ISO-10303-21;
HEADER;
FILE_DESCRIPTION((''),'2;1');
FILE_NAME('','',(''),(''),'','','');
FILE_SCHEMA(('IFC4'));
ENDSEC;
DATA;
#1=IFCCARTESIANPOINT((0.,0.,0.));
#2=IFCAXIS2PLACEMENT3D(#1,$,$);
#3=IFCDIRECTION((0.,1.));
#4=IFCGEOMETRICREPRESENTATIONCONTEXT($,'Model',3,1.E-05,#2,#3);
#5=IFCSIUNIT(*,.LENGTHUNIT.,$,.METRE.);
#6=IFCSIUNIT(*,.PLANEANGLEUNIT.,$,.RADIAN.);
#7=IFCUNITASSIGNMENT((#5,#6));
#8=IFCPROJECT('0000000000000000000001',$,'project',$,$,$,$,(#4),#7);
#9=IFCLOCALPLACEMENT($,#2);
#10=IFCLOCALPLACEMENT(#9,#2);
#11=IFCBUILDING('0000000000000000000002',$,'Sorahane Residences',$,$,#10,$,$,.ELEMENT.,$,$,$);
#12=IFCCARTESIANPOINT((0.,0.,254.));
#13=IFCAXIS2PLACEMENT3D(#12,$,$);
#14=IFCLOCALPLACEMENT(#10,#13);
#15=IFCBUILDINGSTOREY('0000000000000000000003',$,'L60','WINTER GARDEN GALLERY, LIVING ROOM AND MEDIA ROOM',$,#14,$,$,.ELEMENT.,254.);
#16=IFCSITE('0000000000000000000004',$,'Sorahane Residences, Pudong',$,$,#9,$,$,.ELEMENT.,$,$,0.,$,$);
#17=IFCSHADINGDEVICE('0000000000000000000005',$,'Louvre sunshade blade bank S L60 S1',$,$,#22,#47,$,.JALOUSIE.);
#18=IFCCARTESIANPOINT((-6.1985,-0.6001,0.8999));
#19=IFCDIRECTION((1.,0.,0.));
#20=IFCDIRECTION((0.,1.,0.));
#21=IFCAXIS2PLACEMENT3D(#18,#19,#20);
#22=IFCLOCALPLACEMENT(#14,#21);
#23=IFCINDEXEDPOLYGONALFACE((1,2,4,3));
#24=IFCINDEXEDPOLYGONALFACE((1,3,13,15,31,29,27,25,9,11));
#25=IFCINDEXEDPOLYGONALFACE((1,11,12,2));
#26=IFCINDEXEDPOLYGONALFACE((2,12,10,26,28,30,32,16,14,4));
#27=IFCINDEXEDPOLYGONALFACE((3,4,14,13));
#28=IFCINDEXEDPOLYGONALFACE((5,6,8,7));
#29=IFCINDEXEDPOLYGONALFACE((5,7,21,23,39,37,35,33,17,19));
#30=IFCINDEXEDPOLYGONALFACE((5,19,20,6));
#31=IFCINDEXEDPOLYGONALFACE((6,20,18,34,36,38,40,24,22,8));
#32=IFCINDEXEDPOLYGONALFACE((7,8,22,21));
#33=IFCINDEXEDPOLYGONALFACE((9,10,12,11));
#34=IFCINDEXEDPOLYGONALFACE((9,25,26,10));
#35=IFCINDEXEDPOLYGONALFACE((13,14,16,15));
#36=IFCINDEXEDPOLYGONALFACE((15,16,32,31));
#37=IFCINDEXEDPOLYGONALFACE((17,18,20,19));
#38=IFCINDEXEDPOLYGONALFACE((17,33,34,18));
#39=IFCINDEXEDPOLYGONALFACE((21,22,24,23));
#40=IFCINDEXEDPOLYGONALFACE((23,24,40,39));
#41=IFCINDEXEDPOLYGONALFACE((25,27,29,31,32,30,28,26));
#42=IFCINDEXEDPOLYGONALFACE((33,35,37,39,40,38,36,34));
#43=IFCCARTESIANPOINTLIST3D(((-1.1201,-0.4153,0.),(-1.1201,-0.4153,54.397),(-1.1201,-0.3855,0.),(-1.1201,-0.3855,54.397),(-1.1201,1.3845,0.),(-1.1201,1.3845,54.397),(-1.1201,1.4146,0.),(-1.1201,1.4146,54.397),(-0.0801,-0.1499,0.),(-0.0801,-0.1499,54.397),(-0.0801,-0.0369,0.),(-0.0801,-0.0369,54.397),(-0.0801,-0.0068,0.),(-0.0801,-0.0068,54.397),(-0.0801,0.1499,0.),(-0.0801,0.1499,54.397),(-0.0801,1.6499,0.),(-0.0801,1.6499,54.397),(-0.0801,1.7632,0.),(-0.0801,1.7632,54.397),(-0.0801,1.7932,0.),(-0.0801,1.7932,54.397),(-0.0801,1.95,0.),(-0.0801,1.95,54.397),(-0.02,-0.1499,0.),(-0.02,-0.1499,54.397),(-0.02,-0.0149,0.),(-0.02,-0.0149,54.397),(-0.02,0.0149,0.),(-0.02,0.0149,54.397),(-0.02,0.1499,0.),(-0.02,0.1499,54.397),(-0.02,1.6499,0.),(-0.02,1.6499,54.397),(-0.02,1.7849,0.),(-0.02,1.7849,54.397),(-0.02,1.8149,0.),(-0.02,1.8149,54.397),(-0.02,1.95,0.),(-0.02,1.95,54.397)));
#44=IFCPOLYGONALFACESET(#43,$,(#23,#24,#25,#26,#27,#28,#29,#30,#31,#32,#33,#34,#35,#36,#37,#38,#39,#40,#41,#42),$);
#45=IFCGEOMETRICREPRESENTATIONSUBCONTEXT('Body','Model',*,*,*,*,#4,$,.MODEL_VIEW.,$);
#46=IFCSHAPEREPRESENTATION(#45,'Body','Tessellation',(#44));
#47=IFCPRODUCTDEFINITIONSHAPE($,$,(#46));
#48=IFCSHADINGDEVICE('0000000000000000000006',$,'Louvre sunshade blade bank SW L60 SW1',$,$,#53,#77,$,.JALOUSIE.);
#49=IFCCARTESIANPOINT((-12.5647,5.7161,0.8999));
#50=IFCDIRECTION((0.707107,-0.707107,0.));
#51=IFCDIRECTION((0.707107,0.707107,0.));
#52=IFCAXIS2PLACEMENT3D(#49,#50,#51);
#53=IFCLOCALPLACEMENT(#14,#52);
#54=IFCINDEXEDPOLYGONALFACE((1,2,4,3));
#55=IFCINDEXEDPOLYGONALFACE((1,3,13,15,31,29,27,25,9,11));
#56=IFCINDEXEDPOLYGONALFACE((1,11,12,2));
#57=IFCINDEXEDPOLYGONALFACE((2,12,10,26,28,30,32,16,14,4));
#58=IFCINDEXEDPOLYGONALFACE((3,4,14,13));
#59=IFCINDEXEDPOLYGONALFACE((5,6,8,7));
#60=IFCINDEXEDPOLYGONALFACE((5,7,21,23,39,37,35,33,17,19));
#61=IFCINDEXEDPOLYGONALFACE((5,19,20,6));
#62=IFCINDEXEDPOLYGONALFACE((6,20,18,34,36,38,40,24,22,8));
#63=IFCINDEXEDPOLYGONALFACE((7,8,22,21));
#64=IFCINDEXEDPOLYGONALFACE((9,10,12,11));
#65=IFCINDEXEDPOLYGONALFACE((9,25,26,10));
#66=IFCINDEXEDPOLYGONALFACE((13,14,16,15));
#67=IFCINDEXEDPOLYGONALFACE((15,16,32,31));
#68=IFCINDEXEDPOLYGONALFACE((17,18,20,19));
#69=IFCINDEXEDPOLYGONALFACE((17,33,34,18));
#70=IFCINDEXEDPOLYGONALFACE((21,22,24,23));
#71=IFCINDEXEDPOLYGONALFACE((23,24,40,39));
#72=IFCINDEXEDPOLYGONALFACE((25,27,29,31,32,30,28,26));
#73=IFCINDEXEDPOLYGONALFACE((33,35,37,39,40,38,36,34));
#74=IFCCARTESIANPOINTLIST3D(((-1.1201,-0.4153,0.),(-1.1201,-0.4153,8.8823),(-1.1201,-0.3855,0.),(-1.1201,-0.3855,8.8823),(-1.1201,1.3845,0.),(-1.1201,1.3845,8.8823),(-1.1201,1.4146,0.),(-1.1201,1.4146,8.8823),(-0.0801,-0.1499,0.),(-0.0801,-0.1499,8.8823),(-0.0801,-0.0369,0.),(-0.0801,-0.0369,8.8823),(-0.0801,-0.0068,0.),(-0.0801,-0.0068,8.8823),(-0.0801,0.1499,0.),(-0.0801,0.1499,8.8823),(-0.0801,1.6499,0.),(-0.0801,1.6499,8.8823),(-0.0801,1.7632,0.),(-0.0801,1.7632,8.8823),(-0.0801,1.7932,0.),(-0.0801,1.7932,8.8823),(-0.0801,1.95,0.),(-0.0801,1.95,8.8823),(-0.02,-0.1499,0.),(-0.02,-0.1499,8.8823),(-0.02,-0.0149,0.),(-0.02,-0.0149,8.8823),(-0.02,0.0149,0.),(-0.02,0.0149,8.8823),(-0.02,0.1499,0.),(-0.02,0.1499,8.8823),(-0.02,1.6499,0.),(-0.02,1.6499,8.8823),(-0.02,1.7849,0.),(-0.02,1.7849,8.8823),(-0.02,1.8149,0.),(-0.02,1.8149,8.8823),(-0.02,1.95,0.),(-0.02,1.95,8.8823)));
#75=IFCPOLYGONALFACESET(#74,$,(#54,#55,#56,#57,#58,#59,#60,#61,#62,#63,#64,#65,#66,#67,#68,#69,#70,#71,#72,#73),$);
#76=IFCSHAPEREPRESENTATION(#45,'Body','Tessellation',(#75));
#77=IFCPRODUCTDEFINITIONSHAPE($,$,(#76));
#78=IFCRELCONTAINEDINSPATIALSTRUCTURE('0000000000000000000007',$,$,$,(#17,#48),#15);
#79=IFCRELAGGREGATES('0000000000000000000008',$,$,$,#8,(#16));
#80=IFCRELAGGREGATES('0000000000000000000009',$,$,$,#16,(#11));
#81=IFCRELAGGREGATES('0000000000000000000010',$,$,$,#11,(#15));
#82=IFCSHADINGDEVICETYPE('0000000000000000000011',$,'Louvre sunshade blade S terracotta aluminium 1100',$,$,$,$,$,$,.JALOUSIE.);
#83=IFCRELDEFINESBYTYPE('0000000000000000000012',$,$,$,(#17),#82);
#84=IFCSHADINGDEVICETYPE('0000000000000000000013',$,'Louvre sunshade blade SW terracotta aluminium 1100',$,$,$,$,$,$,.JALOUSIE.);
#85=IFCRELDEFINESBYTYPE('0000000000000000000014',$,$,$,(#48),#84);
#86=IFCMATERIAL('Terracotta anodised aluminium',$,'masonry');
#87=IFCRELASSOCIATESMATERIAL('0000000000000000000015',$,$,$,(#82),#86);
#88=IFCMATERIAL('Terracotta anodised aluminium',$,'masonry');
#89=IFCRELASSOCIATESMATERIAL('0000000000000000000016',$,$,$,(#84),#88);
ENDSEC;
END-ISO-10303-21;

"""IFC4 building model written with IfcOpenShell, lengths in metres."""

from ifc_helpers import new_model, si_unit, direction, frame, origin, place, context, subcontext, project, spatial, polyline, outline, composite_profile, extrude, material, type_object, element, save


model = new_model("IFC4")

# Units and contexts
model_context = context("Model", 3, precision=1e-05, world=origin(), true_north=direction((0.0, 1.0)))
body_context = subcontext(model_context, "Body", "Model", "MODEL_VIEW")
ifc_project = project(units=[si_unit("LENGTHUNIT", "METRE"), si_unit("PLANEANGLEUNIT", "RADIAN")], contexts=[model_context])

# Site, building, storey
site_placement = place(None, origin())
site = spatial("IfcSite", under=ifc_project, at=site_placement, Name="Sorahane Residences, Pudong", CompositionType="ELEMENT", RefElevation=0.0)
building_placement = place(site_placement, origin())
building = spatial("IfcBuilding", under=site, at=building_placement, Name="Sorahane Residences", CompositionType="ELEMENT")
storey_placement = place(building_placement, frame((0.0, 0.0, 254.0)))
storey = spatial("IfcBuildingStorey", under=building, at=storey_placement, Name="L60", Description="WINTER GARDEN GALLERY, LIVING ROOM AND MEDIA ROOM", CompositionType="ELEMENT", Elevation=254.0)

# Shading devices
ifc_material_1 = material(Name="Terracotta anodised aluminium", Category="masonry")
shading_device_type_1 = type_object("IfcShadingDeviceType", Name="Louvre sunshade blade S terracotta aluminium 1100", PredefinedType="JALOUSIE", material=ifc_material_1)
shading_device_1_placement = place(storey_placement, frame((-6.1985, -0.6001, 0.8999), z_axis=(1.0, 0.0, 0.0), x_axis=(0.0, 1.0, 0.0)))
element("IfcShadingDevice", 1, at=shading_device_1_placement, inside=storey, type_object=shading_device_type_1, Name="Louvre sunshade blade bank S L60 S1", PredefinedType="JALOUSIE", context=body_context, shape_type="SweptSolid", body=[
    extrude(composite_profile([outline(polyline([(-1.1201, -0.3855), (-1.1201, -0.4153), (-0.0801, -0.0369), (-0.0801, -0.1499), (-0.02, -0.1499), (-0.02, -0.0149), (-0.02, 0.0149), (-0.02, 0.1499), (-0.0801, 0.1499), (-0.0801, -0.0068), (-1.1201, -0.3855)])), outline(polyline([(-1.1201, 1.4146), (-1.1201, 1.3845), (-0.0801, 1.7632), (-0.0801, 1.6499), (-0.02, 1.6499), (-0.02, 1.7849), (-0.02, 1.8149), (-0.02, 1.95), (-0.0801, 1.95), (-0.0801, 1.7932), (-1.1201, 1.4146)]))]), origin(), (0.0, 0.0, 1.0), 54.397),
])
ifc_material_2 = material(Name="Terracotta anodised aluminium", Category="masonry")
shading_device_type_2 = type_object("IfcShadingDeviceType", Name="Louvre sunshade blade SW terracotta aluminium 1100", PredefinedType="JALOUSIE", material=ifc_material_2)
shading_device_2_placement = place(storey_placement, frame((-12.5647, 5.7161, 0.8999), z_axis=(0.707107, -0.707107, 0.0), x_axis=(0.707107, 0.707107, 0.0)))
element("IfcShadingDevice", 2, at=shading_device_2_placement, inside=storey, type_object=shading_device_type_2, Name="Louvre sunshade blade bank SW L60 SW1", PredefinedType="JALOUSIE", context=body_context, shape_type="SweptSolid", body=[
    extrude(composite_profile([outline(polyline([(-1.1201, -0.3855), (-1.1201, -0.4153), (-0.0801, -0.0369), (-0.0801, -0.1499), (-0.02, -0.1499), (-0.02, -0.0149), (-0.02, 0.0149), (-0.02, 0.1499), (-0.0801, 0.1499), (-0.0801, -0.0068), (-1.1201, -0.3855)])), outline(polyline([(-1.1201, 1.4146), (-1.1201, 1.3845), (-0.0801, 1.7632), (-0.0801, 1.6499), (-0.02, 1.6499), (-0.02, 1.7849), (-0.02, 1.8149), (-0.02, 1.95), (-0.0801, 1.95), (-0.0801, 1.7932), (-1.1201, 1.4146)]))]), origin(), (0.0, 0.0, 1.0), 8.8823),
])

save(model, "model.ifc")
